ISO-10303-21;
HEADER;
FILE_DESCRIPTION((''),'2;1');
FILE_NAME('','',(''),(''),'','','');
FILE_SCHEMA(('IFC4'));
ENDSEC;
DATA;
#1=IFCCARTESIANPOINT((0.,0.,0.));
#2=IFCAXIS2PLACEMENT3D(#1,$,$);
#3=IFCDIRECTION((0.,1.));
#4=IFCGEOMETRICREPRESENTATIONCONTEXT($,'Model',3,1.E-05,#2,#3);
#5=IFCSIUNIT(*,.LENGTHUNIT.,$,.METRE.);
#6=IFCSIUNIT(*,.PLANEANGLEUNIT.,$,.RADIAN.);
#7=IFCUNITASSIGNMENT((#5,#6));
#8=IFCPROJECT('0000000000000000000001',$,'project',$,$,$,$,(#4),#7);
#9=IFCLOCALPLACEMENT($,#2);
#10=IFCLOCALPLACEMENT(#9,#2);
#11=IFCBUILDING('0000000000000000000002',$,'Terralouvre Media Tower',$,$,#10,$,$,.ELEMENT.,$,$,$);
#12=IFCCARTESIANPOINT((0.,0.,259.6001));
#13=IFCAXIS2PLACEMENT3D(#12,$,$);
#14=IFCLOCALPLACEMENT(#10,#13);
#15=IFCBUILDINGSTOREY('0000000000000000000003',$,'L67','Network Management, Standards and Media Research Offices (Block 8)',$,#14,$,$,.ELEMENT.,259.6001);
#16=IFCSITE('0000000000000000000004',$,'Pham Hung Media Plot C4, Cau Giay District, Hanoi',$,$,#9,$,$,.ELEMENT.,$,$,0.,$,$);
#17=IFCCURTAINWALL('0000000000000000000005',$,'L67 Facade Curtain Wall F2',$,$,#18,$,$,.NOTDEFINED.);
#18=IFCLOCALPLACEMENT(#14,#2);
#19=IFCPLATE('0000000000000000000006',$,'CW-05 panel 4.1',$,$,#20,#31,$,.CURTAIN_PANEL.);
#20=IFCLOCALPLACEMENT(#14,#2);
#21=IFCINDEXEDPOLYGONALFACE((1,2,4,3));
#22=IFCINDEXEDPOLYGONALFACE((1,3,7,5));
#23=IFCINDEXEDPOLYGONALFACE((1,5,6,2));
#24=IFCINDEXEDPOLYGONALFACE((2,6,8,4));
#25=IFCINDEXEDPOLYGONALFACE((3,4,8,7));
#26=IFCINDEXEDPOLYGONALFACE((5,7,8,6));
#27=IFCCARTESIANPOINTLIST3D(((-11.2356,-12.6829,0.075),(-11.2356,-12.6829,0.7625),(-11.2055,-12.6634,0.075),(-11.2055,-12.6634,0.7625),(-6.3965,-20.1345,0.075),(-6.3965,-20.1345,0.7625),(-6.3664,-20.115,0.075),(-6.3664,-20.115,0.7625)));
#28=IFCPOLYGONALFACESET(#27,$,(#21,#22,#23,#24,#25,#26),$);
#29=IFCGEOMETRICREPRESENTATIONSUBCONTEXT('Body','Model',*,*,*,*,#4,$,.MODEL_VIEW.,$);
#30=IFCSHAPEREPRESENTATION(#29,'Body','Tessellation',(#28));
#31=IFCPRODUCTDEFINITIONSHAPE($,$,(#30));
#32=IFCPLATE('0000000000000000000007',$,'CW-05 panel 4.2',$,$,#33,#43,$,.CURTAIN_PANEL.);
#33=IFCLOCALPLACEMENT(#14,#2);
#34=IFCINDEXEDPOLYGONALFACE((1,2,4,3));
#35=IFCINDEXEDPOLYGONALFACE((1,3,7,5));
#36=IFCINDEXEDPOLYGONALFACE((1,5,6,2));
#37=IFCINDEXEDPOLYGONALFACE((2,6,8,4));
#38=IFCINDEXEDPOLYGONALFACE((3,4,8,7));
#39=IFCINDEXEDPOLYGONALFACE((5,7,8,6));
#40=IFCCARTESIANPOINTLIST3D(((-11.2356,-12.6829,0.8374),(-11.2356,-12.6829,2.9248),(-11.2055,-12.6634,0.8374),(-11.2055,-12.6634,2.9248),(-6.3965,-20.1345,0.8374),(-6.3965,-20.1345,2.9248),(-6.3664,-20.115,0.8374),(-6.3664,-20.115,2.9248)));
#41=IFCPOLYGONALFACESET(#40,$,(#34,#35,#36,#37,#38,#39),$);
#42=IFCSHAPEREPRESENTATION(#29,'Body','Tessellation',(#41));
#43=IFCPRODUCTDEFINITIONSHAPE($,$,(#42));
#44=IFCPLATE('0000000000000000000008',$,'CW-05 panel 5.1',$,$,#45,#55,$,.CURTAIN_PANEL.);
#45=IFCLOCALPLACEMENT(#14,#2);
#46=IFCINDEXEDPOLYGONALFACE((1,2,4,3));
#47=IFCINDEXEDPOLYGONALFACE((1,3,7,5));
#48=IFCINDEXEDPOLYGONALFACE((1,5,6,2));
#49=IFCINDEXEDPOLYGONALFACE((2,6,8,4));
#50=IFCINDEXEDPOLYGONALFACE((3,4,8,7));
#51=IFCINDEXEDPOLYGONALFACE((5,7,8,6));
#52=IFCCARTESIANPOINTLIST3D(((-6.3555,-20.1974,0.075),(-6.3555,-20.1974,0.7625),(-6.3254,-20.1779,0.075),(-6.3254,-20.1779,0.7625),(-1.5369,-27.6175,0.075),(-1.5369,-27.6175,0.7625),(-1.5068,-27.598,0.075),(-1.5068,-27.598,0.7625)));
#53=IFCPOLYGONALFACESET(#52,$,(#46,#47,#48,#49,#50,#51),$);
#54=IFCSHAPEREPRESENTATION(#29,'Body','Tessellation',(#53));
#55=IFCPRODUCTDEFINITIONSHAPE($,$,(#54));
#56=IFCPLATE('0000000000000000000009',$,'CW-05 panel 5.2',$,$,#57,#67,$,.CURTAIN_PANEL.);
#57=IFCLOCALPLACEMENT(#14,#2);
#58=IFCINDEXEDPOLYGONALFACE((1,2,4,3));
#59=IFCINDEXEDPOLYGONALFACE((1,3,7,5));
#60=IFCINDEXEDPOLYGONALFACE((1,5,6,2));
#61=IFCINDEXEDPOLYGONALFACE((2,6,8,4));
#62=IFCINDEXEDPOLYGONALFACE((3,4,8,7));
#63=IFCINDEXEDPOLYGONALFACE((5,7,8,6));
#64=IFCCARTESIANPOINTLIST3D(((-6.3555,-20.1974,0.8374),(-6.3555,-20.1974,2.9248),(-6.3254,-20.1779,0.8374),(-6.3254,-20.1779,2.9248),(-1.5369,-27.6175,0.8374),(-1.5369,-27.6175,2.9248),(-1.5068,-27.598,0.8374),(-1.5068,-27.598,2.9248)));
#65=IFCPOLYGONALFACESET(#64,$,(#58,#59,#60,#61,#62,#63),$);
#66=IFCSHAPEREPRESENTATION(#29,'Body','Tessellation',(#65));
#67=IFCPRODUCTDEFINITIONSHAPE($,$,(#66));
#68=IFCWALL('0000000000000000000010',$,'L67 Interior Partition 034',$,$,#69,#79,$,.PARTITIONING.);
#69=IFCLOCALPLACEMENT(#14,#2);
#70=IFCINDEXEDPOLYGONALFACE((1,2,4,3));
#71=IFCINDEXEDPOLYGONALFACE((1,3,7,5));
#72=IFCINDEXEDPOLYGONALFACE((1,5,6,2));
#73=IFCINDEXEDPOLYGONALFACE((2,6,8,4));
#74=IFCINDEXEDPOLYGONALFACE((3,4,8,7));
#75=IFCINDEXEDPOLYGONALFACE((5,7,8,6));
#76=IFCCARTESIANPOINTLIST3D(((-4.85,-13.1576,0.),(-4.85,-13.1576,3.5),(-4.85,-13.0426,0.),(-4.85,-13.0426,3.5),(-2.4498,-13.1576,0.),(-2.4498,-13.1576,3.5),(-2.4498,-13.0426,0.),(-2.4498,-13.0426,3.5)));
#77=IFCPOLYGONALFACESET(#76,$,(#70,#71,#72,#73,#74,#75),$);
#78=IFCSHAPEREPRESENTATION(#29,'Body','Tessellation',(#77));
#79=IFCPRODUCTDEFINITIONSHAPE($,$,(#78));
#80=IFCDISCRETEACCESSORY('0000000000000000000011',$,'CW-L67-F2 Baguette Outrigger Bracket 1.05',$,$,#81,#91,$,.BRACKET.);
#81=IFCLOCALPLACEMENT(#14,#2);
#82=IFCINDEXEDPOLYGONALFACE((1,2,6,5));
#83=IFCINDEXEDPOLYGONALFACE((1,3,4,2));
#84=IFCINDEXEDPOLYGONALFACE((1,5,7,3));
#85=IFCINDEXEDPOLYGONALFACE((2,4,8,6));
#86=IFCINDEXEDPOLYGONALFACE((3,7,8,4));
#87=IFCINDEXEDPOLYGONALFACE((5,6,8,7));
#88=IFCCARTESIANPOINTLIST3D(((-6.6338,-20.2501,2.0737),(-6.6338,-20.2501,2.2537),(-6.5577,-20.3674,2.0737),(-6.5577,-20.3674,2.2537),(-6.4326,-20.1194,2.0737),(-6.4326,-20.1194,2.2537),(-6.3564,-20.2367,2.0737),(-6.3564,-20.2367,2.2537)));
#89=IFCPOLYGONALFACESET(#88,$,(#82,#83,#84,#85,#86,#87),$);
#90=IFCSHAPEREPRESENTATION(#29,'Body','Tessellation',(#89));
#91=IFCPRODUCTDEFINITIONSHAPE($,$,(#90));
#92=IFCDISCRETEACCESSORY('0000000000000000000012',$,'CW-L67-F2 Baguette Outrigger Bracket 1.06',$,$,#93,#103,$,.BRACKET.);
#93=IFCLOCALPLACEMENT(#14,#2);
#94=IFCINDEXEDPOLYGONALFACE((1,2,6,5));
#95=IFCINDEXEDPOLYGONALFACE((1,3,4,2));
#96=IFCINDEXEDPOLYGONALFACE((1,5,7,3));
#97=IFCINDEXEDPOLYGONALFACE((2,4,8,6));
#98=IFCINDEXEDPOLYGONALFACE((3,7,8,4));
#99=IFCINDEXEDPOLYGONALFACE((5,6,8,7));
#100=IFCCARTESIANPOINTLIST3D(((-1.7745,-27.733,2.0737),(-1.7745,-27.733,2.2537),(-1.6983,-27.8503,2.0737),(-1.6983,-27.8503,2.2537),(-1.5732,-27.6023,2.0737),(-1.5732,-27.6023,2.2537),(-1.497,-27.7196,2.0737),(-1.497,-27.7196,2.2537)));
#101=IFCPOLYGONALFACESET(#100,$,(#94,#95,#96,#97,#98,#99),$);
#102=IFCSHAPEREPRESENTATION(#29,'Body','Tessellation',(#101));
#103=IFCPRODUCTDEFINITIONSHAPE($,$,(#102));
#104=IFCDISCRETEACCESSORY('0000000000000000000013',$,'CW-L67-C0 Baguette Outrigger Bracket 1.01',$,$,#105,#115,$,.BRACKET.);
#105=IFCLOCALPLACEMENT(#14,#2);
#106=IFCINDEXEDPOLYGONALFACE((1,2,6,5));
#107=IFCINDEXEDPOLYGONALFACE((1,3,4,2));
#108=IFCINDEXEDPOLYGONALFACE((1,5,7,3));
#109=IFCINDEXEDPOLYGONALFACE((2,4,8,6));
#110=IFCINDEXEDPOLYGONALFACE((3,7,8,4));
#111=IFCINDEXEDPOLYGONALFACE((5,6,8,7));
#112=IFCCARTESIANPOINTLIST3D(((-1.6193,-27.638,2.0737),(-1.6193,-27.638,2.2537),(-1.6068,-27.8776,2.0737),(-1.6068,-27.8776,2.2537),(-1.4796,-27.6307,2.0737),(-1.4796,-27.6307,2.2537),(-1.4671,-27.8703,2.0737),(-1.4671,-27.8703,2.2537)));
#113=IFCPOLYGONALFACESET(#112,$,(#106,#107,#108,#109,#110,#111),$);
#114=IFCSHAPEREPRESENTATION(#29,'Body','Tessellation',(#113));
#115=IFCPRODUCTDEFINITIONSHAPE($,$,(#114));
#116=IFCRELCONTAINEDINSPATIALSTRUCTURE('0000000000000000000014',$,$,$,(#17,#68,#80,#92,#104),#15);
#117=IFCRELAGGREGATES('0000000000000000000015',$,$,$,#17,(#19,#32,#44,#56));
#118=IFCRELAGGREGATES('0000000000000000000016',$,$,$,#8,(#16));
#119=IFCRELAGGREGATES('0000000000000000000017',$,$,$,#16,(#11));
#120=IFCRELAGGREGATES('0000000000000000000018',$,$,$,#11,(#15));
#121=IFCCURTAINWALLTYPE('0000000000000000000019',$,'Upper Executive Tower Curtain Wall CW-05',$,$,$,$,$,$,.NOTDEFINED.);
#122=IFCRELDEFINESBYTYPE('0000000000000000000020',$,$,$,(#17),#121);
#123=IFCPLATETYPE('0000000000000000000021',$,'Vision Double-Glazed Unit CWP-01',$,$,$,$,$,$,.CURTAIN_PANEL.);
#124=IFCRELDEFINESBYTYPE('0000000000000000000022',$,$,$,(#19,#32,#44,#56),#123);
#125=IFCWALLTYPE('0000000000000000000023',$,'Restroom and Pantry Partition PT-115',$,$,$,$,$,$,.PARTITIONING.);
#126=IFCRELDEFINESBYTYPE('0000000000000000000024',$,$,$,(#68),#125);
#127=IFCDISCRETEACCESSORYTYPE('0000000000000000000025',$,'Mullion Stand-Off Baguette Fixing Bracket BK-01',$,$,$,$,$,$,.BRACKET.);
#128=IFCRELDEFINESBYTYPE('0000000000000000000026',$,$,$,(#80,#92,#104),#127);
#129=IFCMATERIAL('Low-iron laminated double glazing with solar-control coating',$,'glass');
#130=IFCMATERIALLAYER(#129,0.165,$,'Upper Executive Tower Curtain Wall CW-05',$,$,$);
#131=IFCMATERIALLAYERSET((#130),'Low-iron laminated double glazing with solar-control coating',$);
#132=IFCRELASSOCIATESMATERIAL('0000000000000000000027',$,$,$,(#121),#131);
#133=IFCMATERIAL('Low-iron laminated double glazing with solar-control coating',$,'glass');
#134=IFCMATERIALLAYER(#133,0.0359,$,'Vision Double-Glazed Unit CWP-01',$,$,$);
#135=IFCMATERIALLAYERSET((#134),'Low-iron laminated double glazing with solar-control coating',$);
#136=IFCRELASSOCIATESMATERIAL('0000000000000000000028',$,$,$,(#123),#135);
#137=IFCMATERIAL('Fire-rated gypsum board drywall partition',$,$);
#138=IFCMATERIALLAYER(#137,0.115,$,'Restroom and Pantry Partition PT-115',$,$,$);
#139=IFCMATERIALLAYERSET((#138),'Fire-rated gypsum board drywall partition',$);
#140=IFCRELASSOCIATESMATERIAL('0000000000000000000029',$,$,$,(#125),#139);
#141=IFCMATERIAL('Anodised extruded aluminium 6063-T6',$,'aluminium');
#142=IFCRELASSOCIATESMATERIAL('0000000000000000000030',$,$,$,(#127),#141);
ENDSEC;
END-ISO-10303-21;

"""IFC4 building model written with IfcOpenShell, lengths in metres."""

from ifc_helpers import new_model, si_unit, direction, frame, frame_2d, origin, origin_2d, place, context, subcontext, project, spatial, rectangle, extrude, material, layer, layer_set, type_object, element, aggregate, save


model = new_model("IFC4")

# Units and contexts
model_context = context("Model", 3, precision=1e-05, world=origin(), true_north=direction((0.0, 1.0)))
body_context = subcontext(model_context, "Body", "Model", "MODEL_VIEW")
ifc_project = project(units=[si_unit("LENGTHUNIT", "METRE"), si_unit("PLANEANGLEUNIT", "RADIAN")], contexts=[model_context])

# Site, building, storey
site_placement = place(None, origin())
site = spatial("IfcSite", under=ifc_project, at=site_placement, Name="Pham Hung Media Plot C4, Cau Giay District, Hanoi", CompositionType="ELEMENT", RefElevation=0.0)
building_placement = place(site_placement, origin())
building = spatial("IfcBuilding", under=site, at=building_placement, Name="Terralouvre Media Tower", CompositionType="ELEMENT")
storey_placement = place(building_placement, frame((0.0, 0.0, 259.6001)))
storey = spatial("IfcBuildingStorey", under=building, at=storey_placement, Name="L67", Description="Network Management, Standards and Media Research Offices (Block 8)", CompositionType="ELEMENT", Elevation=259.6001)

# Curtain wall
ifc_material_1 = material(Name="Low-iron laminated double glazing with solar-control coating", Category="glass")
ifc_layer_1 = layer(ifc_material_1, 0.165, Name="Upper Executive Tower Curtain Wall CW-05")
ifc_layer_set_1 = layer_set([ifc_layer_1], Name="Low-iron laminated double glazing with solar-control coating")
curtain_wall_type_1 = type_object("IfcCurtainWallType", Name="Upper Executive Tower Curtain Wall CW-05", PredefinedType="NOTDEFINED", material=ifc_layer_set_1)
curtain_wall_1_placement = place(storey_placement, origin())
curtain_wall_1 = element("IfcCurtainWall", 1, at=curtain_wall_1_placement, inside=storey, type_object=curtain_wall_type_1, Name="L67 Facade Curtain Wall F2", PredefinedType="NOTDEFINED")

# Plates
ifc_material_2 = material(Name="Low-iron laminated double glazing with solar-control coating", Category="glass")
ifc_layer_2 = layer(ifc_material_2, 0.0359, Name="Vision Double-Glazed Unit CWP-01")
ifc_layer_set_2 = layer_set([ifc_layer_2], Name="Low-iron laminated double glazing with solar-control coating")
plate_type = type_object("IfcPlateType", Name="Vision Double-Glazed Unit CWP-01", PredefinedType="CURTAIN_PANEL", material=ifc_layer_set_2)
plate_1_placement = place(storey_placement, frame((-8.801, -16.3989, 0.075), z_axis=(0.0, 0.0, 1.0), x_axis=(0.544639, -0.838671, 0.0)))
plate_1 = element("IfcPlate", 2, at=plate_1_placement, type_object=plate_type, Name="CW-05 panel 4.1", PredefinedType="CURTAIN_PANEL", context=body_context, shape_type="SweptSolid", body=[
    extrude(rectangle(XDim=8.885, YDim=0.0359, at=origin_2d()), origin(), (0.0, 0.0, 1.0), 0.6875),
])
plate_2_placement = place(storey_placement, frame((-8.801, -16.3989, 0.8374), z_axis=(0.0, 0.0, 1.0), x_axis=(0.544639, -0.838671, 0.0)))
plate_2 = element("IfcPlate", 3, at=plate_2_placement, type_object=plate_type, Name="CW-05 panel 4.2", PredefinedType="CURTAIN_PANEL", context=body_context, shape_type="SweptSolid", body=[
    extrude(rectangle(XDim=8.885, YDim=0.0359, at=origin_2d()), origin(), (0.0, 0.0, 1.0), 2.0874),
])
plate_3_placement = place(storey_placement, frame((-3.9312, -23.8977, 0.075), z_axis=(0.0, 0.0, 1.0), x_axis=(0.544639, -0.838671, 0.0)))
plate_3 = element("IfcPlate", 4, at=plate_3_placement, type_object=plate_type, Name="CW-05 panel 5.1", PredefinedType="CURTAIN_PANEL", context=body_context, shape_type="SweptSolid", body=[
    extrude(rectangle(XDim=8.8474, YDim=0.0359, at=origin_2d()), origin(), (0.0, 0.0, 1.0), 0.6875),
])
plate_4_placement = place(storey_placement, frame((-3.9312, -23.8977, 0.8374), z_axis=(0.0, 0.0, 1.0), x_axis=(0.544639, -0.838671, 0.0)))
plate_4 = element("IfcPlate", 5, at=plate_4_placement, type_object=plate_type, Name="CW-05 panel 5.2", PredefinedType="CURTAIN_PANEL", context=body_context, shape_type="SweptSolid", body=[
    extrude(rectangle(XDim=8.8474, YDim=0.0359, at=origin_2d()), origin(), (0.0, 0.0, 1.0), 2.0874),
])
aggregate(curtain_wall_1, [plate_1, plate_2, plate_3, plate_4])

# Wall
ifc_material_3 = material(Name="Fire-rated gypsum board drywall partition")
ifc_layer_3 = layer(ifc_material_3, 0.115, Name="Restroom and Pantry Partition PT-115")
ifc_layer_set_3 = layer_set([ifc_layer_3], Name="Fire-rated gypsum board drywall partition")
wall_type = type_object("IfcWallType", Name="Restroom and Pantry Partition PT-115", PredefinedType="PARTITIONING", material=ifc_layer_set_3)
wall_placement = place(storey_placement, frame((-4.8501, -13.1001, 0.0), z_axis=(0.0, 0.0, 1.0), x_axis=(1.0, 0.0, 0.0)))
element("IfcWall", 6, at=wall_placement, inside=storey, type_object=wall_type, Name="L67 Interior Partition 034", PredefinedType="PARTITIONING", context=body_context, shape_type="SweptSolid", body=[
    extrude(rectangle(XDim=2.4001, YDim=0.115, at=frame_2d((1.2002, 0.0))), origin(), (0.0, 0.0, 1.0), 3.5),
])

# Discrete accessories
ifc_material_4 = material(Name="Anodised extruded aluminium 6063-T6", Category="aluminium")
discrete_accessory_type = type_object("IfcDiscreteAccessoryType", Name="Mullion Stand-Off Baguette Fixing Bracket BK-01", PredefinedType="BRACKET", material=ifc_material_4)
for number, where, z_axis, x_axis, name in (
    (7, (-6.4951, -20.2434, 2.0737), (0.0, 0.0, 1.0), (0.544639, -0.838671, 0.0), "CW-L67-F2 Baguette Outrigger Bracket 1.05"),
    (8, (-1.6357, -27.7263, 2.0737), (0.0, 0.0, 1.0), (0.544639, -0.838671, 0.0), "CW-L67-F2 Baguette Outrigger Bracket 1.06"),
    (9, (-1.5432, -27.7542, 2.0737), (0.0, 0.0, 1.0), (0.99863, 0.052336, 0.0), "CW-L67-C0 Baguette Outrigger Bracket 1.01"),
):
    element("IfcDiscreteAccessory", number, at=place(storey_placement, frame(where, z_axis=z_axis, x_axis=x_axis)), inside=storey, type_object=discrete_accessory_type, Name=name, PredefinedType="BRACKET", context=body_context, shape_type="SweptSolid", body=[
        extrude(rectangle(XDim=0.1399, YDim=0.24, at=origin_2d()), origin(), (0.0, 0.0, 1.0), 0.1799),
    ])

save(model, "model.ifc")
